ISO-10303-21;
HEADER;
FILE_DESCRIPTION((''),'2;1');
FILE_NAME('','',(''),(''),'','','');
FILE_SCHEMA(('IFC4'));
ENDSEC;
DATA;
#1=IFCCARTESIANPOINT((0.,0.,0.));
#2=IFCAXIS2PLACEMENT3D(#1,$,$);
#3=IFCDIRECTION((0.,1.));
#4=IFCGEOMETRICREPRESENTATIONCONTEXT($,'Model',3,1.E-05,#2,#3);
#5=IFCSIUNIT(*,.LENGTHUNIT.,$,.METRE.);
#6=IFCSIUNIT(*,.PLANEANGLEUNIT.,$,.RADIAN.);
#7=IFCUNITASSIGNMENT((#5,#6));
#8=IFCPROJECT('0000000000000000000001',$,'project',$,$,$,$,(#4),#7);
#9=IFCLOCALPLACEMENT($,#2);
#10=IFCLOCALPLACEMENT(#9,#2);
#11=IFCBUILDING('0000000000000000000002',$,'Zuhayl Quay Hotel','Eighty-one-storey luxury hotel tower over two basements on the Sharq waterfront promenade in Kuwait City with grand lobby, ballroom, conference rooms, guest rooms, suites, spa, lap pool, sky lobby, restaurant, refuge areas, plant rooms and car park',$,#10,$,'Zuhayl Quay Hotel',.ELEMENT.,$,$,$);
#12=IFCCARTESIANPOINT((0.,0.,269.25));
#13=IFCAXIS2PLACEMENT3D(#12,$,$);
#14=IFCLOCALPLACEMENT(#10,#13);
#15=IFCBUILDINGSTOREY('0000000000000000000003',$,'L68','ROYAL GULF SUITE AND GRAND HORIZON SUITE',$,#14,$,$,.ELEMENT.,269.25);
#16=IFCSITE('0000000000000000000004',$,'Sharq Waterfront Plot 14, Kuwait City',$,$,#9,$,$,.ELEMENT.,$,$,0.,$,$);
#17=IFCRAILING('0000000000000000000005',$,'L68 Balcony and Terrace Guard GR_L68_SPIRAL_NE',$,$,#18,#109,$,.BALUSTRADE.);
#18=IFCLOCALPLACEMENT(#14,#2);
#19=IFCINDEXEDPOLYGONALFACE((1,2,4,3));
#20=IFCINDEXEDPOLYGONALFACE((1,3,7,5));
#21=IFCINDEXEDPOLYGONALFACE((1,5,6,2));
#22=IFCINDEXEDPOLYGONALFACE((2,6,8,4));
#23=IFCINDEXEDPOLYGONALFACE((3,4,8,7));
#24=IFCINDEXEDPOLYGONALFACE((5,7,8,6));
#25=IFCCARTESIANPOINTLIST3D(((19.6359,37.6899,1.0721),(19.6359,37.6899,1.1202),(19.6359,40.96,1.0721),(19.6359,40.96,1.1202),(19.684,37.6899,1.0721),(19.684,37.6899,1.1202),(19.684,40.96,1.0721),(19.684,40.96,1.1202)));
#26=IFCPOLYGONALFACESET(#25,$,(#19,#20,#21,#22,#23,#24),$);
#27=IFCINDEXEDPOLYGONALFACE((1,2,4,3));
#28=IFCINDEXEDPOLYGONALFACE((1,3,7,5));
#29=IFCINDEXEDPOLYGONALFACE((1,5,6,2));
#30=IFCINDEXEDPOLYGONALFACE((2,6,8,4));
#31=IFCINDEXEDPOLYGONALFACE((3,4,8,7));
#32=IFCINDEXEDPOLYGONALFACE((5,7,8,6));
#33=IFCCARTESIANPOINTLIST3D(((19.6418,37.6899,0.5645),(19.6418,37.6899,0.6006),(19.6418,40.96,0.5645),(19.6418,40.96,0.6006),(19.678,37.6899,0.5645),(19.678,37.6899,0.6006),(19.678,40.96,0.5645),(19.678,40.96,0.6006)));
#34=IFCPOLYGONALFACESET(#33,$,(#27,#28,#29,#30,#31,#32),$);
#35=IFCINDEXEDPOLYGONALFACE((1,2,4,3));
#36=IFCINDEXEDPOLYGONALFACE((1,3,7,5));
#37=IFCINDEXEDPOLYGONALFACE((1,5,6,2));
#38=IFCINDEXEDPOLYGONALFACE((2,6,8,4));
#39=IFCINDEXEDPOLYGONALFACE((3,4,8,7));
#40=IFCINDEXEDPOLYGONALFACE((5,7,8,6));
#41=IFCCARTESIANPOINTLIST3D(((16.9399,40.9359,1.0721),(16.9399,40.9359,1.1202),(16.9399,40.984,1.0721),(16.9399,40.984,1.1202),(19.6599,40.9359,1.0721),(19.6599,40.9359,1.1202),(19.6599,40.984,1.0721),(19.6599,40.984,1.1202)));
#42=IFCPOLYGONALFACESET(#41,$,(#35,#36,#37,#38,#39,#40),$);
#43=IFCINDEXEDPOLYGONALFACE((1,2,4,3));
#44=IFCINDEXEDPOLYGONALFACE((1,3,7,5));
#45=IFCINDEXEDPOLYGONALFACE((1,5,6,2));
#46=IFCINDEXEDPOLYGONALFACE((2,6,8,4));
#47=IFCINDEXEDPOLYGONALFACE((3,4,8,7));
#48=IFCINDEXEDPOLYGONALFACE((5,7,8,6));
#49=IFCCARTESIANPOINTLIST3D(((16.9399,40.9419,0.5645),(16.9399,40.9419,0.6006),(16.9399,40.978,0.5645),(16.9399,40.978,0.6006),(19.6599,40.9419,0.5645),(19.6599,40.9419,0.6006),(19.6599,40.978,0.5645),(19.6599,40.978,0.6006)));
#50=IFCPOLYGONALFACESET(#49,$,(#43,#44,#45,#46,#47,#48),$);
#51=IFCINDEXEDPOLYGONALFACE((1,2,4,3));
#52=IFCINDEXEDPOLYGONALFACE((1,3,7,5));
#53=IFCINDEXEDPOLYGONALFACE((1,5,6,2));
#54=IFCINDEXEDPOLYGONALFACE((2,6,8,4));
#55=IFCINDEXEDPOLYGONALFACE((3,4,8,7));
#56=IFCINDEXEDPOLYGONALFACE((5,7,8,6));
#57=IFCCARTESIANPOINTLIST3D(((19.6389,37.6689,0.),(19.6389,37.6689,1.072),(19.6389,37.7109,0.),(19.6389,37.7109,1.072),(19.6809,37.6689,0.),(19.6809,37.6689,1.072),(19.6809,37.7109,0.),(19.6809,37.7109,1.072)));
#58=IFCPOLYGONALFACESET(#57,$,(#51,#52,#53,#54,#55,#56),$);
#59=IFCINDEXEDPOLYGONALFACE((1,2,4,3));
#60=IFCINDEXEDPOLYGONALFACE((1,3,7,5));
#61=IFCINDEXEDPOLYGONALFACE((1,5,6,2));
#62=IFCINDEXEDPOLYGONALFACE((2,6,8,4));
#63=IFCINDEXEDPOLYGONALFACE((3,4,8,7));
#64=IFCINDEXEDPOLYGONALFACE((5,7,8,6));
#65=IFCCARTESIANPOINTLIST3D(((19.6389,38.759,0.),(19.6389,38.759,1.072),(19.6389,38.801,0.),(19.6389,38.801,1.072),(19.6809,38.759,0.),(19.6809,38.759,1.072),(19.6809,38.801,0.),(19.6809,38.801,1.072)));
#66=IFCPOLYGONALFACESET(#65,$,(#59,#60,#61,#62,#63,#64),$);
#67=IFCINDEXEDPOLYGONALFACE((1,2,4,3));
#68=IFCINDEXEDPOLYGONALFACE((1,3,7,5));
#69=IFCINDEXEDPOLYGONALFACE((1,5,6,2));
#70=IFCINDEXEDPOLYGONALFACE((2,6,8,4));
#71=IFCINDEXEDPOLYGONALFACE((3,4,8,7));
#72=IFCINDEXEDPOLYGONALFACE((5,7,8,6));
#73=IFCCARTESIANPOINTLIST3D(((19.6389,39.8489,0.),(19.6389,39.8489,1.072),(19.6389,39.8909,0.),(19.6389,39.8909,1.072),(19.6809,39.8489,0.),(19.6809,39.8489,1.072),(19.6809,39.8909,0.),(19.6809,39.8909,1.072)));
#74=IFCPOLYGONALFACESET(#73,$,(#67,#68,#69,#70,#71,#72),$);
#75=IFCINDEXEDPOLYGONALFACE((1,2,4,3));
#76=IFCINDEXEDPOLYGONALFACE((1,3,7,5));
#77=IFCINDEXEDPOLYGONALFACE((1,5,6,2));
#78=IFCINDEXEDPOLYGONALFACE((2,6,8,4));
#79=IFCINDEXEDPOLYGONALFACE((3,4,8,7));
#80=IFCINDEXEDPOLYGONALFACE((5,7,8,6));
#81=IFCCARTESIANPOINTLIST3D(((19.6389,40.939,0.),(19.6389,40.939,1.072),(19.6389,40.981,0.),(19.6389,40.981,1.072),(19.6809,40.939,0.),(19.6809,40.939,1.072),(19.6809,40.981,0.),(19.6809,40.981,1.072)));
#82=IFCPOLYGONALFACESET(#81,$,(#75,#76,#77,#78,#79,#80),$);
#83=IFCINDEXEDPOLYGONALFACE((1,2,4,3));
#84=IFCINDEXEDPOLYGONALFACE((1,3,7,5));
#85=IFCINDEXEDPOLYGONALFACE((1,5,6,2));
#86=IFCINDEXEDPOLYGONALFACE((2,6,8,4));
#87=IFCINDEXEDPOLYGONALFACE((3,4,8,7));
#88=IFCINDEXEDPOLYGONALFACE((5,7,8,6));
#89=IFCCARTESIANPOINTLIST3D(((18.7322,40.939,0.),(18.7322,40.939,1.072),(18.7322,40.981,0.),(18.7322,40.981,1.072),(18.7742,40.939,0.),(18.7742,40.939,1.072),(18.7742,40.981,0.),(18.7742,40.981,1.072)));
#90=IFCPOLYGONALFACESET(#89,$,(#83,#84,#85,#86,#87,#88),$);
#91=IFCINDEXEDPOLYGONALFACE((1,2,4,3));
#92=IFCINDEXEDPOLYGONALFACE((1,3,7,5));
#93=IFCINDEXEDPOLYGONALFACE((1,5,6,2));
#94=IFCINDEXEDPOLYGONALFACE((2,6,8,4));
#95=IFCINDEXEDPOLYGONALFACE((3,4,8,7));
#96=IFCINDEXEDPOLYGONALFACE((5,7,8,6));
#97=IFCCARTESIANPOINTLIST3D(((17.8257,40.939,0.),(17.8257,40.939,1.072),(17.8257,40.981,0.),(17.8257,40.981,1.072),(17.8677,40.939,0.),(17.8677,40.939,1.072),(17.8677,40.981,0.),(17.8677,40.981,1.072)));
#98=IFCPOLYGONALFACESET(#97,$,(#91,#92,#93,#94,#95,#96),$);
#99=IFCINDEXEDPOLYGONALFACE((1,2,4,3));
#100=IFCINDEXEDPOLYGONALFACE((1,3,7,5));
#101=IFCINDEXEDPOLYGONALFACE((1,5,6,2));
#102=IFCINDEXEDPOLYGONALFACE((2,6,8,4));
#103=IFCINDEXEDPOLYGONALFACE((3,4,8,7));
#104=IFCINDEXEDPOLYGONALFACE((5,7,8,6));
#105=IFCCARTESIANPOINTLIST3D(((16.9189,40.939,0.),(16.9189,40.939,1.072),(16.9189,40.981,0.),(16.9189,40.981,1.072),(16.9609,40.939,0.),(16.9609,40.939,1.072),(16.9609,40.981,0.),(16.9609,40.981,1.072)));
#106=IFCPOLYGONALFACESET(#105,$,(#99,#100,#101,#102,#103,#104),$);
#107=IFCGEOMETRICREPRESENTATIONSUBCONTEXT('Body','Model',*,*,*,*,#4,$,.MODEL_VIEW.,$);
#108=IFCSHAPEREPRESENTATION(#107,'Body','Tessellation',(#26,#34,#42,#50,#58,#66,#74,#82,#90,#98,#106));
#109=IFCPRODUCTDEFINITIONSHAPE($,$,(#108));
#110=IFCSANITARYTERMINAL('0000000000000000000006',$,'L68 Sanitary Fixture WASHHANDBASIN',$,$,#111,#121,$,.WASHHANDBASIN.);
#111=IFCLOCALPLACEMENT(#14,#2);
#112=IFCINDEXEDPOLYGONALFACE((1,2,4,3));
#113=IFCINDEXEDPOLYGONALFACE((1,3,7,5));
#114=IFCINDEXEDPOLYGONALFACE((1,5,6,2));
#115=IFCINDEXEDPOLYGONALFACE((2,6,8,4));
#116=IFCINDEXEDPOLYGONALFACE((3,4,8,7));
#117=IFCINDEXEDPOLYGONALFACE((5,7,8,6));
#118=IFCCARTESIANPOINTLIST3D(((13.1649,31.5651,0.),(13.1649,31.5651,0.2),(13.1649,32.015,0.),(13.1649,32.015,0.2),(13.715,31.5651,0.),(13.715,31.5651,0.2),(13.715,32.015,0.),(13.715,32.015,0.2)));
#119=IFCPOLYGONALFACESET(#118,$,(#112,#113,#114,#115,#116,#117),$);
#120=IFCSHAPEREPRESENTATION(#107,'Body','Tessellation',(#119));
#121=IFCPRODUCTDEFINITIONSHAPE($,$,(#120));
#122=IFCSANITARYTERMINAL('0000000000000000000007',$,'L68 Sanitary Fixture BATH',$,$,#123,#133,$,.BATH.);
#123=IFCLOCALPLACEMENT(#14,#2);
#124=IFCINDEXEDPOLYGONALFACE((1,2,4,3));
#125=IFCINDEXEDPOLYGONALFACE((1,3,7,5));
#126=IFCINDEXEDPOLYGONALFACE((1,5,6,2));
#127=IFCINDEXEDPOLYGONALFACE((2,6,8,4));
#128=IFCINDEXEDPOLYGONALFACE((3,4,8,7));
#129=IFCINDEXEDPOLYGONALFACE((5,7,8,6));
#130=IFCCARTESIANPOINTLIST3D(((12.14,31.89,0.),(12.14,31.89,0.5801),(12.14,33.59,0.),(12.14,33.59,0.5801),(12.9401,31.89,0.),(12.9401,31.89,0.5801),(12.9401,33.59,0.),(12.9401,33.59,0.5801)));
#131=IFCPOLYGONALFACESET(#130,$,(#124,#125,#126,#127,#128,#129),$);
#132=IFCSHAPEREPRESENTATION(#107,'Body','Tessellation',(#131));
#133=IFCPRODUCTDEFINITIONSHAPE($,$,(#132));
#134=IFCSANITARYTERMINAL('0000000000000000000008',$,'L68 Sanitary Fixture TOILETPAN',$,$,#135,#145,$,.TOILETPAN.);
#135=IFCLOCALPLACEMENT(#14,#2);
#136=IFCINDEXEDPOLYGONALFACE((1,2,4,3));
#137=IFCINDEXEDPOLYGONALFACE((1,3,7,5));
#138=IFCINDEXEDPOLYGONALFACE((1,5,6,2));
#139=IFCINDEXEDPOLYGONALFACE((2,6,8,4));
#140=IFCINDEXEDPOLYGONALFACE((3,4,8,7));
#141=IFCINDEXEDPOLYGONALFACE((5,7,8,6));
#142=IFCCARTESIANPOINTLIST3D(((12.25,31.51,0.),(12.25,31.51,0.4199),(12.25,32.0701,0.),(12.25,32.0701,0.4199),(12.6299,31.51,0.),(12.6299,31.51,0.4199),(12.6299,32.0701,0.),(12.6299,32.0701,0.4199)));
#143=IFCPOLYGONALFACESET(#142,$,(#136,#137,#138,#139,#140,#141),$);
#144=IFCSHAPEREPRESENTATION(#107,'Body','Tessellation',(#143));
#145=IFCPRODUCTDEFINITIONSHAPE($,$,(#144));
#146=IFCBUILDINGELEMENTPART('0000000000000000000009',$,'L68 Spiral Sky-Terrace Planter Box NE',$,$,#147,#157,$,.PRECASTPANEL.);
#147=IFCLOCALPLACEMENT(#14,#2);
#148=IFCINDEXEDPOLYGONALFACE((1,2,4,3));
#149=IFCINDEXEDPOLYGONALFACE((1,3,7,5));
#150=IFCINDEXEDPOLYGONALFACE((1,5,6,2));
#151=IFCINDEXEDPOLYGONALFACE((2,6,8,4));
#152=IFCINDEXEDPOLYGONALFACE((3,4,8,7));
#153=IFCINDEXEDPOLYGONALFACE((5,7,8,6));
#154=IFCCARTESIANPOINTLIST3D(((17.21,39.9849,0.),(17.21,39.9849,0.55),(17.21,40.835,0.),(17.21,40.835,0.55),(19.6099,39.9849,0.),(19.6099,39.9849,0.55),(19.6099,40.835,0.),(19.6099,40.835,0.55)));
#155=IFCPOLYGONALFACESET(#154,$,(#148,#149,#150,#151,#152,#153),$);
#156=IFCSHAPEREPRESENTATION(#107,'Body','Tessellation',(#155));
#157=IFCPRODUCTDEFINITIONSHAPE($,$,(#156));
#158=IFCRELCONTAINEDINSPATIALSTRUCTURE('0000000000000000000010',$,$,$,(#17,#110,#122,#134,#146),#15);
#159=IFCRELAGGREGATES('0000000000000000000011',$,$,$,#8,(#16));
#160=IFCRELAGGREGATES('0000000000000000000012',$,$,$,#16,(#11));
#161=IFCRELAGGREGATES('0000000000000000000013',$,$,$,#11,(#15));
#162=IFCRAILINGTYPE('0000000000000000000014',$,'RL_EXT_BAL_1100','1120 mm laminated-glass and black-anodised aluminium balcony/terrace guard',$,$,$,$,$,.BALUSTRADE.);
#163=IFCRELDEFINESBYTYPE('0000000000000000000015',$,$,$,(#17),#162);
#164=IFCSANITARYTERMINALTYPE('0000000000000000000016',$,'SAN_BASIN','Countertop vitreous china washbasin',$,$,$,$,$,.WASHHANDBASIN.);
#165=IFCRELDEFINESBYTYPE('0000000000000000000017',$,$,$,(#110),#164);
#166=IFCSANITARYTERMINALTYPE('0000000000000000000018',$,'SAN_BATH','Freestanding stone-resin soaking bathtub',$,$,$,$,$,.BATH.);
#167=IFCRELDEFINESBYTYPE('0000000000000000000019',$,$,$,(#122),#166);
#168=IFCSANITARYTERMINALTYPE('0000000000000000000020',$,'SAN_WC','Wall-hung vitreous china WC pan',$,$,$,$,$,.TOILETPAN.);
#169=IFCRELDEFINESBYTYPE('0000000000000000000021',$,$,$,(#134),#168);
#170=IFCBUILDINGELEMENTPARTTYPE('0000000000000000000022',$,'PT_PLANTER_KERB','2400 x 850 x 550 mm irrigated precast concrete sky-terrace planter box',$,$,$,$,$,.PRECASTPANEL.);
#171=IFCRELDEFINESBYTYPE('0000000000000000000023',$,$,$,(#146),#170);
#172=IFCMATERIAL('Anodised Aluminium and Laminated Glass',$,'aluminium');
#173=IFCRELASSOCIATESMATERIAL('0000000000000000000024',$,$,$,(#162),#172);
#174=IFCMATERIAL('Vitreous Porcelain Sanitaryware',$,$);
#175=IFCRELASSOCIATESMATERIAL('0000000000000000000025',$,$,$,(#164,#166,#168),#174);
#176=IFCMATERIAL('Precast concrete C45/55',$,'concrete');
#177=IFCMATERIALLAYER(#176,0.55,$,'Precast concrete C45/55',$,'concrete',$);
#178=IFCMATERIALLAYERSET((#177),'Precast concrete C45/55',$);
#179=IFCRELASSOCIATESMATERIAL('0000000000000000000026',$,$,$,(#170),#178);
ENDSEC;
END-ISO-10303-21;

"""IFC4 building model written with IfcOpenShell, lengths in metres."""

from ifc_helpers import new_model, si_unit, direction, frame, origin, origin_2d, place, context, subcontext, project, spatial, rectangle, extrude, material, layer, layer_set, type_object, element, save


model = new_model("IFC4")

# Units and contexts
model_context = context("Model", 3, precision=1e-05, world=origin(), true_north=direction((0.0, 1.0)))
body_context = subcontext(model_context, "Body", "Model", "MODEL_VIEW")
ifc_project = project(units=[si_unit("LENGTHUNIT", "METRE"), si_unit("PLANEANGLEUNIT", "RADIAN")], contexts=[model_context])

# Site, building, storey
site_placement = place(None, origin())
site = spatial("IfcSite", under=ifc_project, at=site_placement, Name="Sharq Waterfront Plot 14, Kuwait City", CompositionType="ELEMENT", RefElevation=0.0)
building_placement = place(site_placement, origin())
building = spatial("IfcBuilding", under=site, at=building_placement, Name="Zuhayl Quay Hotel", Description="Eighty-one-storey luxury hotel tower over two basements on the Sharq waterfront promenade in Kuwait City with grand lobby, ballroom, conference rooms, guest rooms, suites, spa, lap pool, sky lobby, restaurant, refuge areas, plant rooms and car park", LongName="Zuhayl Quay Hotel", CompositionType="ELEMENT")
storey_placement = place(building_placement, frame((0.0, 0.0, 269.25)))
storey = spatial("IfcBuildingStorey", under=building, at=storey_placement, Name="L68", Description="ROYAL GULF SUITE AND GRAND HORIZON SUITE", CompositionType="ELEMENT", Elevation=269.25)

# Shared definitions
ifc_material_1 = material(Name="Precast concrete C45/55", Category="concrete")

# Railing
ifc_material_2 = material(Name="Anodised Aluminium and Laminated Glass", Category="aluminium")
railing_type = type_object("IfcRailingType", Name="RL_EXT_BAL_1100", Description="1120 mm laminated-glass and black-anodised aluminium balcony/terrace guard", PredefinedType="BALUSTRADE", material=ifc_material_2)
railing_placement = place(storey_placement, frame((19.6599, 37.6899, 0.0)))
element("IfcRailing", 1, at=railing_placement, inside=storey, type_object=railing_type, Name="L68 Balcony and Terrace Guard GR_L68_SPIRAL_NE", PredefinedType="BALUSTRADE", context=body_context, shape_type="SweptSolid", body=[
    extrude(rectangle(XDim=0.0481, YDim=0.0481, at=origin_2d()), frame((0.0, 0.0, 1.0962), z_axis=(0.0, 1.0, 0.0), x_axis=(-1.0, 0.0, 0.0)), (0.0, 0.0, 1.0), 3.27),
    extrude(rectangle(XDim=0.0361, YDim=0.0361, at=origin_2d()), frame((0.0, 0.0, 0.5825), z_axis=(0.0, 1.0, 0.0), x_axis=(-1.0, 0.0, 0.0)), (0.0, 0.0, 1.0), 3.27),
    extrude(rectangle(XDim=0.0481, YDim=0.0481, at=origin_2d()), frame((0.0, 3.27, 1.0962), z_axis=(-1.0, 0.0, 0.0), x_axis=(0.0, -1.0, 0.0)), (0.0, 0.0, 1.0), 2.72),
    extrude(rectangle(XDim=0.0361, YDim=0.0361, at=origin_2d()), frame((0.0, 3.27, 0.5825), z_axis=(-1.0, 0.0, 0.0), x_axis=(0.0, -1.0, 0.0)), (0.0, 0.0, 1.0), 2.72),
    extrude(rectangle(XDim=0.042, YDim=0.042, at=origin_2d()), origin(), (0.0, 0.0, 1.0), 1.072),
    extrude(rectangle(XDim=0.042, YDim=0.042, at=origin_2d()), frame((0.0, 1.0901, 0.0)), (0.0, 0.0, 1.0), 1.072),
    extrude(rectangle(XDim=0.042, YDim=0.042, at=origin_2d()), frame((0.0, 2.1799, 0.0)), (0.0, 0.0, 1.0), 1.072),
    extrude(rectangle(XDim=0.042, YDim=0.042, at=origin_2d()), frame((0.0, 3.27, 0.0)), (0.0, 0.0, 1.0), 1.072),
    extrude(rectangle(XDim=0.042, YDim=0.042, at=origin_2d()), frame((-0.9067, 3.27, 0.0)), (0.0, 0.0, 1.0), 1.072),
    extrude(rectangle(XDim=0.042, YDim=0.042, at=origin_2d()), frame((-1.8132, 3.27, 0.0)), (0.0, 0.0, 1.0), 1.072),
    extrude(rectangle(XDim=0.042, YDim=0.042, at=origin_2d()), frame((-2.72, 3.27, 0.0)), (0.0, 0.0, 1.0), 1.072),
])

# Sanitary terminals
ifc_material_3 = material(Name="Vitreous Porcelain Sanitaryware")
sanitary_terminal_type_1 = type_object("IfcSanitaryTerminalType", Name="SAN_BASIN", Description="Countertop vitreous china washbasin", PredefinedType="WASHHANDBASIN", material=ifc_material_3)
sanitary_terminal_1_placement = place(storey_placement, frame((13.4399, 31.79, 0.0), z_axis=(0.0, 0.0, 1.0), x_axis=(1.0, 0.0, 0.0)))
element("IfcSanitaryTerminal", 2, at=sanitary_terminal_1_placement, inside=storey, type_object=sanitary_terminal_type_1, Name="L68 Sanitary Fixture WASHHANDBASIN", PredefinedType="WASHHANDBASIN", context=body_context, shape_type="SweptSolid", body=[
    extrude(rectangle(XDim=0.55, YDim=0.45, at=origin_2d()), origin(), (0.0, 0.0, 1.0), 0.2),
])
sanitary_terminal_type_2 = type_object("IfcSanitaryTerminalType", Name="SAN_BATH", Description="Freestanding stone-resin soaking bathtub", PredefinedType="BATH", material=ifc_material_3)
sanitary_terminal_2_placement = place(storey_placement, frame((12.54, 32.74, 0.0), z_axis=(0.0, 0.0, 1.0), x_axis=(1.0, 0.0, 0.0)))
element("IfcSanitaryTerminal", 3, at=sanitary_terminal_2_placement, inside=storey, type_object=sanitary_terminal_type_2, Name="L68 Sanitary Fixture BATH", PredefinedType="BATH", context=body_context, shape_type="SweptSolid", body=[
    extrude(rectangle(XDim=0.8, YDim=1.7, at=origin_2d()), origin(), (0.0, 0.0, 1.0), 0.5801),
])
sanitary_terminal_type_3 = type_object("IfcSanitaryTerminalType", Name="SAN_WC", Description="Wall-hung vitreous china WC pan", PredefinedType="TOILETPAN", material=ifc_material_3)
sanitary_terminal_3_placement = place(storey_placement, frame((12.4399, 31.79, 0.0), z_axis=(0.0, 0.0, 1.0), x_axis=(1.0, 0.0, 0.0)))
element("IfcSanitaryTerminal", 4, at=sanitary_terminal_3_placement, inside=storey, type_object=sanitary_terminal_type_3, Name="L68 Sanitary Fixture TOILETPAN", PredefinedType="TOILETPAN", context=body_context, shape_type="SweptSolid", body=[
    extrude(rectangle(XDim=0.3799, YDim=0.5601, at=origin_2d()), origin(), (0.0, 0.0, 1.0), 0.4199),
])

# Building element part
ifc_layer_1 = layer(ifc_material_1, 0.55, Name="Precast concrete C45/55", Category="concrete")
ifc_layer_set_1 = layer_set([ifc_layer_1], Name="Precast concrete C45/55")
building_element_part_type = type_object("IfcBuildingElementPartType", Name="PT_PLANTER_KERB", Description="2400 x 850 x 550 mm irrigated precast concrete sky-terrace planter box", PredefinedType="PRECASTPANEL", material=ifc_layer_set_1)
building_element_part_placement = place(storey_placement, frame((18.4099, 40.4099, 0.0), z_axis=(0.0, 0.0, 1.0), x_axis=(1.0, 0.0, 0.0)))
element("IfcBuildingElementPart", 5, at=building_element_part_placement, inside=storey, type_object=building_element_part_type, Name="L68 Spiral Sky-Terrace Planter Box NE", PredefinedType="PRECASTPANEL", context=body_context, shape_type="SweptSolid", body=[
    extrude(rectangle(XDim=2.3999, YDim=0.8501, at=origin_2d()), origin(), (0.0, 0.0, 1.0), 0.55),
])

save(model, "model.ifc")
